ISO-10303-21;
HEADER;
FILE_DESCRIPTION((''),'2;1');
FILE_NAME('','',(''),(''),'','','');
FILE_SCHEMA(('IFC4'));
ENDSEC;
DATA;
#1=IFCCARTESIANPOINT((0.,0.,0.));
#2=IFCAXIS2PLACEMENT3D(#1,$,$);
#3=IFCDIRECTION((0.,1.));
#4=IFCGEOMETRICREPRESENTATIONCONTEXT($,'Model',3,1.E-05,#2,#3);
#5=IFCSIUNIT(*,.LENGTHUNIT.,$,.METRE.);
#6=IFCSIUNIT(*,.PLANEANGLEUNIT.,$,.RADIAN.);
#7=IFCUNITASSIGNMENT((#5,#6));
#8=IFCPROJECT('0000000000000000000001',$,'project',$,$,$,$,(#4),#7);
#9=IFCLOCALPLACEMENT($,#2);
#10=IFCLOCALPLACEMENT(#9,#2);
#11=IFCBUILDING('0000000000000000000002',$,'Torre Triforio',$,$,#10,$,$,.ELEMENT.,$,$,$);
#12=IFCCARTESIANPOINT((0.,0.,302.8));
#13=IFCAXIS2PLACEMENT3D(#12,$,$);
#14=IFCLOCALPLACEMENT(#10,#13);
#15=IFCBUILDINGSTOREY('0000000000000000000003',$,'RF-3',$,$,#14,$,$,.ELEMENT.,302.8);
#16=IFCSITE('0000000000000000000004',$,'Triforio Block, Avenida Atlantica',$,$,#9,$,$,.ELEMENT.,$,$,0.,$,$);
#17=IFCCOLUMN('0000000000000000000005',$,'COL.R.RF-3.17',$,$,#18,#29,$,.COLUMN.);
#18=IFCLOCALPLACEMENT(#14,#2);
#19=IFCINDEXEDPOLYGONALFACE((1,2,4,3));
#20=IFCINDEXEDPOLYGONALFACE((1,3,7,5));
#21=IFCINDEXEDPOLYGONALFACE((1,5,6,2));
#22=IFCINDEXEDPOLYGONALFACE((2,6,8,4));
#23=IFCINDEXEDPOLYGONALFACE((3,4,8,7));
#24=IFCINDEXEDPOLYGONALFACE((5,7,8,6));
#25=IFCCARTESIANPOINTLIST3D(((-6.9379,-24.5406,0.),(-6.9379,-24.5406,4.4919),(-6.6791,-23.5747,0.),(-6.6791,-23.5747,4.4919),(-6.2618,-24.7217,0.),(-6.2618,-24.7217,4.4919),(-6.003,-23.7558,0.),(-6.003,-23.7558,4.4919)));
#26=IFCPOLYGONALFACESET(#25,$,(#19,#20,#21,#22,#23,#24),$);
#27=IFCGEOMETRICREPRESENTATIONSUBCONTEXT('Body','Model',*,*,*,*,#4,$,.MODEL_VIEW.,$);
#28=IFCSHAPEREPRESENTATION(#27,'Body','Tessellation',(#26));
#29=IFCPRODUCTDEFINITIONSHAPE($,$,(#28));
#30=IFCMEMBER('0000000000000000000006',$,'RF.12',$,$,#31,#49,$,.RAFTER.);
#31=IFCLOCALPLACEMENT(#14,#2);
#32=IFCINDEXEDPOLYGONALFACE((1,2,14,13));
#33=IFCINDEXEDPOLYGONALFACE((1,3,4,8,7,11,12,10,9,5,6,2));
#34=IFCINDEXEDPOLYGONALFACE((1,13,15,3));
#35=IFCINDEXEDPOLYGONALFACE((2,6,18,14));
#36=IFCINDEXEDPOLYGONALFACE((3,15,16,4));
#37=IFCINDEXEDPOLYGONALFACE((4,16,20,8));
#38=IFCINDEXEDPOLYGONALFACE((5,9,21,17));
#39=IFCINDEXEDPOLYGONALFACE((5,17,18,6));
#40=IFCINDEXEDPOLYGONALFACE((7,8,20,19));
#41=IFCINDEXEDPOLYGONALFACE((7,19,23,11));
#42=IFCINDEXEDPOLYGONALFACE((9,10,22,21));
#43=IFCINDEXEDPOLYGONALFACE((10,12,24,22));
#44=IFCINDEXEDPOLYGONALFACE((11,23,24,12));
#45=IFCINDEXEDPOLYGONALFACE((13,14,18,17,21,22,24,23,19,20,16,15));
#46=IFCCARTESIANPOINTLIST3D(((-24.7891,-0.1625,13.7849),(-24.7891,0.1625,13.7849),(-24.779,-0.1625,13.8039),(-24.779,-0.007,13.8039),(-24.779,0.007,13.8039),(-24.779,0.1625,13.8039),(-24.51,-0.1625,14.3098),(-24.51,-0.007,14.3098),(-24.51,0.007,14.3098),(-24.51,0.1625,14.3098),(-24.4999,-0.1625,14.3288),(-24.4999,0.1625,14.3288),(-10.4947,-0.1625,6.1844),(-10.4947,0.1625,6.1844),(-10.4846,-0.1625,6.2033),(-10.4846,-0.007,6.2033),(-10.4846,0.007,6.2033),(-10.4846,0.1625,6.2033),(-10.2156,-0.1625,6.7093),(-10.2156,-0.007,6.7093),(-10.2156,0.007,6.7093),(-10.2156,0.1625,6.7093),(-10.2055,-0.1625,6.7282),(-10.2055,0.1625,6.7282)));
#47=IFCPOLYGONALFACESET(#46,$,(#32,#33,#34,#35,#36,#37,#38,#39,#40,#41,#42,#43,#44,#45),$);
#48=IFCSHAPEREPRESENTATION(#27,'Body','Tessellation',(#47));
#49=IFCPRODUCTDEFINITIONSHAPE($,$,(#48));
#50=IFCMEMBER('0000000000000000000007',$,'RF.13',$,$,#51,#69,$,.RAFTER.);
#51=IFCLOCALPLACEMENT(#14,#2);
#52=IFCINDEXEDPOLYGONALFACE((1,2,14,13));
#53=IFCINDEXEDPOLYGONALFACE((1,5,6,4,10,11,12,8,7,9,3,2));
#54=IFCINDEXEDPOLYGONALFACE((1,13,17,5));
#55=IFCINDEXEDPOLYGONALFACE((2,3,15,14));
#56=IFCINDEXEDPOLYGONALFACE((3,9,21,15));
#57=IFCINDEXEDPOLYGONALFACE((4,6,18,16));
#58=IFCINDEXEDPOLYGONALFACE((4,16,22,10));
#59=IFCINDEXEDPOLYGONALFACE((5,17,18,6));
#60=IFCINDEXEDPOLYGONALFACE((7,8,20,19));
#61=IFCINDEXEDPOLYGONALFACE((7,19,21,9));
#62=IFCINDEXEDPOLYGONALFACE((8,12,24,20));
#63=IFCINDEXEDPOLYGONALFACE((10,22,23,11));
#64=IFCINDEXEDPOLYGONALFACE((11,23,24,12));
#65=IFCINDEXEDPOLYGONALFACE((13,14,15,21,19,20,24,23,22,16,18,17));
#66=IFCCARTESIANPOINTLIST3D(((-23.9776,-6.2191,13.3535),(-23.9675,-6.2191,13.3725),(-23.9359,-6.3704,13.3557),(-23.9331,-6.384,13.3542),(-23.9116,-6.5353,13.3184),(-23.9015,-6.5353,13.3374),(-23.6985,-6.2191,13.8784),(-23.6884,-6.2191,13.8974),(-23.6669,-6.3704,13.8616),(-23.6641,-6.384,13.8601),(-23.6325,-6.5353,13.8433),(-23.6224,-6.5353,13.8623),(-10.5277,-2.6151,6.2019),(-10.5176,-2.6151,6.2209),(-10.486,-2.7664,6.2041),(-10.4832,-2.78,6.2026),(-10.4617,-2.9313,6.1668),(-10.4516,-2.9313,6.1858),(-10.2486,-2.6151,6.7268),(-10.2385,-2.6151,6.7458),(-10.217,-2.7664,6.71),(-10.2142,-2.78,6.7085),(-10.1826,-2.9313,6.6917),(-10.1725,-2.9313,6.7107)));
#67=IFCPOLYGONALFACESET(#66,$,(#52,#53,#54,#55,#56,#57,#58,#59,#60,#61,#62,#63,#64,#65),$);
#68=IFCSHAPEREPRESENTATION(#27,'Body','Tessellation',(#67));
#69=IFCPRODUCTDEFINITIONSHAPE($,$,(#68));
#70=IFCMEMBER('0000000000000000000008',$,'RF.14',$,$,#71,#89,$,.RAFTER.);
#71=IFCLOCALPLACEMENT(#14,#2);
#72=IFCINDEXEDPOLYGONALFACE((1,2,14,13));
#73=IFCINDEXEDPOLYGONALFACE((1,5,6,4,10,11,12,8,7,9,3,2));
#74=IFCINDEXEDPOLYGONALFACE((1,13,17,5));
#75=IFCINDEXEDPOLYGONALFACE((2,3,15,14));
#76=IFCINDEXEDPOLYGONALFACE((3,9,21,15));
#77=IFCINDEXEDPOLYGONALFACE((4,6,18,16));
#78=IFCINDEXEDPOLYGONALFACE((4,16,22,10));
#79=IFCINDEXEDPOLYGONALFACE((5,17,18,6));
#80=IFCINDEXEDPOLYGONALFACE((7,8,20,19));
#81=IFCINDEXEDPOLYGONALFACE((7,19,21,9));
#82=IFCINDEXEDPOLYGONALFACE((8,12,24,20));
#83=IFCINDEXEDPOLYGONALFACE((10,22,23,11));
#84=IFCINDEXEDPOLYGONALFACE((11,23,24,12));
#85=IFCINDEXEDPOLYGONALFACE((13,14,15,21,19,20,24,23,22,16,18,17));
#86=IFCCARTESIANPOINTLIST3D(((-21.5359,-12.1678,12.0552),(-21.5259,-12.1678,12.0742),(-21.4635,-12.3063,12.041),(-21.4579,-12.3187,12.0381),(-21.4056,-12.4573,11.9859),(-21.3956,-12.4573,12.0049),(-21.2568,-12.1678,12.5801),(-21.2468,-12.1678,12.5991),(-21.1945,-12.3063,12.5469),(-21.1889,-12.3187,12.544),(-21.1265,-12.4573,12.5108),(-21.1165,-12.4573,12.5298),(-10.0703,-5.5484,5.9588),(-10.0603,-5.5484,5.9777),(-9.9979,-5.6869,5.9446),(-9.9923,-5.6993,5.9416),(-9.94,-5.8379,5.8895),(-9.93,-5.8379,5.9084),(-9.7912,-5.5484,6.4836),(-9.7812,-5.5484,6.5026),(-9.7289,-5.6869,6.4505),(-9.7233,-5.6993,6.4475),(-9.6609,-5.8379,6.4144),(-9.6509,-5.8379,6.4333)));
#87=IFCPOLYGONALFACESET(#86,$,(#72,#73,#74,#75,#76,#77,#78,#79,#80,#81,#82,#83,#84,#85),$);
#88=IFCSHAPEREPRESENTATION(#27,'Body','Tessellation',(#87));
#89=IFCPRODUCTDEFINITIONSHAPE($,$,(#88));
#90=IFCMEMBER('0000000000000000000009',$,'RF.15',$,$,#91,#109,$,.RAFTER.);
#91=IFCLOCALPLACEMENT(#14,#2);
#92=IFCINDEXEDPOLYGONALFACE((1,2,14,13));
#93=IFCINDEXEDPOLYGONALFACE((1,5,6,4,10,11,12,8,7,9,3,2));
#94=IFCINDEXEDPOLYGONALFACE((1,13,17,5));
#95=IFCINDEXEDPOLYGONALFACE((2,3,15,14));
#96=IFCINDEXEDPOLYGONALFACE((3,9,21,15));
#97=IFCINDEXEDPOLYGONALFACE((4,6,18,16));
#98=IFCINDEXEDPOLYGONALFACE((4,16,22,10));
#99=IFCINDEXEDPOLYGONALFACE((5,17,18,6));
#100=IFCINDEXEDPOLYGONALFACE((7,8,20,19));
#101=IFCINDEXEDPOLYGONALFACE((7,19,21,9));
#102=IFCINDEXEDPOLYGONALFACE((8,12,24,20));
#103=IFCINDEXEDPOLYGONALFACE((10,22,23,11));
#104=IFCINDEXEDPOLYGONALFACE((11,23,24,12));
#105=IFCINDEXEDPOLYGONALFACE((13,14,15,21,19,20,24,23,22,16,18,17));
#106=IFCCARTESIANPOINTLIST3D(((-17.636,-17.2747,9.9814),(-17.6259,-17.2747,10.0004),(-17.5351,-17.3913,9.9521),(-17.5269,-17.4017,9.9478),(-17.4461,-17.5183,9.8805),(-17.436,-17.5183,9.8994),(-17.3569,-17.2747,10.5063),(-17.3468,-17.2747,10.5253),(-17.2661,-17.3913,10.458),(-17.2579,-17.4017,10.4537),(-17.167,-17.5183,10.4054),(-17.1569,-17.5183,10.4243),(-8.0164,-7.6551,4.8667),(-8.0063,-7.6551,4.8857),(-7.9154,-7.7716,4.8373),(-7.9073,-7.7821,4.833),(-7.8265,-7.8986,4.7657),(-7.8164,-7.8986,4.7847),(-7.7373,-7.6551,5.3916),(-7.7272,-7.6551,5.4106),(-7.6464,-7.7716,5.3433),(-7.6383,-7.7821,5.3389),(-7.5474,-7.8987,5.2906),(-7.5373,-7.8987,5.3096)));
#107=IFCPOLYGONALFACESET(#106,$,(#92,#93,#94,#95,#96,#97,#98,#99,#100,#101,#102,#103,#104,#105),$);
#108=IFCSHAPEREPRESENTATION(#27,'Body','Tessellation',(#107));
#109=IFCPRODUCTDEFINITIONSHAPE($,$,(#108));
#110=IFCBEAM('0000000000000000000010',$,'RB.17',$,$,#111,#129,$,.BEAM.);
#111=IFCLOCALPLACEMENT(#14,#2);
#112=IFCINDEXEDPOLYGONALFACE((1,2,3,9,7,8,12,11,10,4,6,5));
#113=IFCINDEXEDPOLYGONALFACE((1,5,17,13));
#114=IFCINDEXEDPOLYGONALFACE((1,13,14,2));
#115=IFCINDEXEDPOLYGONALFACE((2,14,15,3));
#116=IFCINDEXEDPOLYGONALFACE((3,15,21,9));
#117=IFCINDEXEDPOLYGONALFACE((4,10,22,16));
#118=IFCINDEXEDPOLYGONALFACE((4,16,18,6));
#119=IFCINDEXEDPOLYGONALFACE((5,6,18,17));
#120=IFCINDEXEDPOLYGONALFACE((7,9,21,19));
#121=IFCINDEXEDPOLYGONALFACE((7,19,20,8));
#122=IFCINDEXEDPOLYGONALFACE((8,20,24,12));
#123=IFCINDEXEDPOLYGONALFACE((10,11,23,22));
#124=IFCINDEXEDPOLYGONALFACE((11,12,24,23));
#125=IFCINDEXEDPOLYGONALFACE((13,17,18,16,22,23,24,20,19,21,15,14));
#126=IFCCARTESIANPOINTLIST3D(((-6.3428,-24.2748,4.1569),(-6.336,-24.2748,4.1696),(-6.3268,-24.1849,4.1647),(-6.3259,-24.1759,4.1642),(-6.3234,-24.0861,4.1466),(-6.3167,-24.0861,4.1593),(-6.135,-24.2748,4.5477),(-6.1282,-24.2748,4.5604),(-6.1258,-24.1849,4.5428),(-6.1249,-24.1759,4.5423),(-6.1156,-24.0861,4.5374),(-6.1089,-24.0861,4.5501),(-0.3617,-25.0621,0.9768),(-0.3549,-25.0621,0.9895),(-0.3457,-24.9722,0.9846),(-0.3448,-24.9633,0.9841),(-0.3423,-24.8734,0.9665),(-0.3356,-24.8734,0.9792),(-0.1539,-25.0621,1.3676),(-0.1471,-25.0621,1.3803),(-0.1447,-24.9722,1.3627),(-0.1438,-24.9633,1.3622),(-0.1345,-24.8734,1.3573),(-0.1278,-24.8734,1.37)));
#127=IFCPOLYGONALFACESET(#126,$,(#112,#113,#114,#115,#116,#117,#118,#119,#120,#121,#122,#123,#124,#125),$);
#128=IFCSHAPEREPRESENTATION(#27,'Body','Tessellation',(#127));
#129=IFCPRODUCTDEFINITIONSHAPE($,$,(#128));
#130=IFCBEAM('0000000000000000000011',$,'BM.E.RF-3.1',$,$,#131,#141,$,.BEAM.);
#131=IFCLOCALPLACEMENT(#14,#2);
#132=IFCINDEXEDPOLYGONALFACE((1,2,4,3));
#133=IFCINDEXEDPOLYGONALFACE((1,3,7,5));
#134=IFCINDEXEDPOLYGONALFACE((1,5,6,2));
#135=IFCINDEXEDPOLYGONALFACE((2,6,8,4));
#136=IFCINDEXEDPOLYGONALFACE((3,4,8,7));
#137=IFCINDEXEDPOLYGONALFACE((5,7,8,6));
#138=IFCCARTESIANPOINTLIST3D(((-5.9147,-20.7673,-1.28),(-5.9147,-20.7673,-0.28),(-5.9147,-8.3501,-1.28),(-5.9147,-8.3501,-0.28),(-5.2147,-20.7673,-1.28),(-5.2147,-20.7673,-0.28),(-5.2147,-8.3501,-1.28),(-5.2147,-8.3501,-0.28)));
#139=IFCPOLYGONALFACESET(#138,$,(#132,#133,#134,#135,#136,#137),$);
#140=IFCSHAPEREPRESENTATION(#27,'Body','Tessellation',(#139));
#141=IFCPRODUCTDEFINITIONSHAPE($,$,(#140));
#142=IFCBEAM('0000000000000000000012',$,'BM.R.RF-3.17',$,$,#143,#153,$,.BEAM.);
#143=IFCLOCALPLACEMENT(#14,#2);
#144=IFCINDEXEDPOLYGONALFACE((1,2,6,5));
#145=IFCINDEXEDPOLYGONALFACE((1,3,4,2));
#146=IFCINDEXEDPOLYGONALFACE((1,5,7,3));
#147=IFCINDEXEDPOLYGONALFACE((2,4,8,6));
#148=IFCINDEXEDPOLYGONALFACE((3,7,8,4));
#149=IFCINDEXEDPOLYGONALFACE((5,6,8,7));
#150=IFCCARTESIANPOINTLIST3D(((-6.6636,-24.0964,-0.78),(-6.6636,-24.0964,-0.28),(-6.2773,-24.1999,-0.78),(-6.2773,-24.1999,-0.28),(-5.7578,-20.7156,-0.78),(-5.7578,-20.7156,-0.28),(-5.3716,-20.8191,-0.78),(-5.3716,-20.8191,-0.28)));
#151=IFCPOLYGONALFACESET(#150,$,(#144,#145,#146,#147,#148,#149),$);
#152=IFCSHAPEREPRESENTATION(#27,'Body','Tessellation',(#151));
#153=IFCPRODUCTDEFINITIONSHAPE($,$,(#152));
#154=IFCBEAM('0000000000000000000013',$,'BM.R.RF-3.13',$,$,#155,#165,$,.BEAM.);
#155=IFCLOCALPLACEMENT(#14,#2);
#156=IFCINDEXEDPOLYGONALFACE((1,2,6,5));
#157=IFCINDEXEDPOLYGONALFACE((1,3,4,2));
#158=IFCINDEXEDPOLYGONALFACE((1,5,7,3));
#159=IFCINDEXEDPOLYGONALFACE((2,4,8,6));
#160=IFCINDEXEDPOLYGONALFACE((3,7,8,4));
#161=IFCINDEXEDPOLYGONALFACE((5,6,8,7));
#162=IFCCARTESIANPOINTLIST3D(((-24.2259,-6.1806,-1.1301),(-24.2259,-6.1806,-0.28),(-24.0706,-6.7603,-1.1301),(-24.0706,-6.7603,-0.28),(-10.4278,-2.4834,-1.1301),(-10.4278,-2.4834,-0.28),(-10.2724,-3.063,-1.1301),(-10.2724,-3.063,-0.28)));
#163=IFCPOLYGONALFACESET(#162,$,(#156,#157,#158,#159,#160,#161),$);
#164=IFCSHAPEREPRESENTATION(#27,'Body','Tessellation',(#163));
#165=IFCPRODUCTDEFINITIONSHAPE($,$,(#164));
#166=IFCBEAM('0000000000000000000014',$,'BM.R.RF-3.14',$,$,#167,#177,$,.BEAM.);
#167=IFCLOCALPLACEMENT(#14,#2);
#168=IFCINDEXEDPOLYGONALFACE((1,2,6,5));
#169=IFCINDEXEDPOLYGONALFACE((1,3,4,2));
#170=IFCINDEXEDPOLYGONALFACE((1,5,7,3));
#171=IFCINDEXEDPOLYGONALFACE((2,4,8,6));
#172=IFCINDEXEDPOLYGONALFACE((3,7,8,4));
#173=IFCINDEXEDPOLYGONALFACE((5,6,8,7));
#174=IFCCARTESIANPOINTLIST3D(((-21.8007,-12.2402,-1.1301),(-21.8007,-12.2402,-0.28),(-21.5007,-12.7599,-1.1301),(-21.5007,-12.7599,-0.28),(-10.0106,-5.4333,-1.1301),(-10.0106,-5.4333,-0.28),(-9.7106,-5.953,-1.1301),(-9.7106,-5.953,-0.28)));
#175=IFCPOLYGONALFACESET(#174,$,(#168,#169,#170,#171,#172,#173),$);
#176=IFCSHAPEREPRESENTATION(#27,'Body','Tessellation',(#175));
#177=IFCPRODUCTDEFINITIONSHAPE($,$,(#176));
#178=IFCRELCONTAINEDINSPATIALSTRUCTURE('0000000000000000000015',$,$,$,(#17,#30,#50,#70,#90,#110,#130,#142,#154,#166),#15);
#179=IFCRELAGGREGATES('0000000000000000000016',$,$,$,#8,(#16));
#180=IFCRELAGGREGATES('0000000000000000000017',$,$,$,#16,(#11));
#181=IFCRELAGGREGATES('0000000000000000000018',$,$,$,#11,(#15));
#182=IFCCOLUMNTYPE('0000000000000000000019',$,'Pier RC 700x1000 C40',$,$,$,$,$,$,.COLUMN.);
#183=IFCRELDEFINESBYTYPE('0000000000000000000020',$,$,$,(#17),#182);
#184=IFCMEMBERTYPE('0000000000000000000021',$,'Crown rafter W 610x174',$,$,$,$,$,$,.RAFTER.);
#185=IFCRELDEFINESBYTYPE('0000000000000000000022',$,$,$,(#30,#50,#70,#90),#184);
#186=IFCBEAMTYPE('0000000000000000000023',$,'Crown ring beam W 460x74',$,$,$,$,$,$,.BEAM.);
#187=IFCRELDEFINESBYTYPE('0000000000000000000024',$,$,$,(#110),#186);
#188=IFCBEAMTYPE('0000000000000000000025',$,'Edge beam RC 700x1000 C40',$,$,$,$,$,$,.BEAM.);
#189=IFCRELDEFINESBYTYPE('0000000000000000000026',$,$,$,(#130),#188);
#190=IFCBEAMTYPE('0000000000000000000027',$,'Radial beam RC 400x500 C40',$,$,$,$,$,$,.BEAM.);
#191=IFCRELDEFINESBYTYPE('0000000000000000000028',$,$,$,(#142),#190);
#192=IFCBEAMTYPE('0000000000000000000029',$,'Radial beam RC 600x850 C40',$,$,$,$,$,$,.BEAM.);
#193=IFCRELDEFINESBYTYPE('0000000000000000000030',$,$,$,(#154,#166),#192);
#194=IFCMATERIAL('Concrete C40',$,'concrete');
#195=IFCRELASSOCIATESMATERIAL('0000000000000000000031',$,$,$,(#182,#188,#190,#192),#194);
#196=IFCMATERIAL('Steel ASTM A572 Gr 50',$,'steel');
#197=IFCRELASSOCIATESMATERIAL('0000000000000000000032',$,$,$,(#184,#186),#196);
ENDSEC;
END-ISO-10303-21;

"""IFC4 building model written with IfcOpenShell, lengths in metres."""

from ifc_helpers import new_model, si_unit, direction, frame, origin, origin_2d, place, context, subcontext, project, spatial, rectangle, i_section, extrude, material, material_profile, profile_set, type_object, element, save


model = new_model("IFC4")

# Units and contexts
model_context = context("Model", 3, precision=1e-05, world=origin(), true_north=direction((0.0, 1.0)))
body_context = subcontext(model_context, "Body", "Model", "MODEL_VIEW")
ifc_project = project(units=[si_unit("LENGTHUNIT", "METRE"), si_unit("PLANEANGLEUNIT", "RADIAN")], contexts=[model_context])

# Site, building, storey
site_placement = place(None, origin())
site = spatial("IfcSite", under=ifc_project, at=site_placement, Name="Triforio Block, Avenida Atlantica", CompositionType="ELEMENT", RefElevation=0.0)
building_placement = place(site_placement, origin())
building = spatial("IfcBuilding", under=site, at=building_placement, Name="Torre Triforio", CompositionType="ELEMENT")
storey_placement = place(building_placement, frame((0.0, 0.0, 302.8)))
storey = spatial("IfcBuildingStorey", under=building, at=storey_placement, Name="RF-3", CompositionType="ELEMENT", Elevation=302.8)

# Column
ifc_material_1 = material(Name="Concrete C40", Category="concrete")
ifc_material_profile_1 = material_profile(ifc_material_1, rectangle(XDim=0.7, YDim=1.0, at=origin_2d()), Name="RC 700x1000")
ifc_profile_set_1 = profile_set([ifc_material_profile_1], Name="Concrete C40")
column_type = type_object("IfcColumnType", Name="Pier RC 700x1000 C40", PredefinedType="COLUMN", material=ifc_profile_set_1)
column_placement = place(storey_placement, frame((-6.4705, -24.1482, 0.0), z_axis=(0.0, 0.0, 1.0), x_axis=(0.965926, -0.258819, 0.0)))
element("IfcColumn", 1, at=column_placement, inside=storey, type_object=column_type, Name="COL.R.RF-3.17", PredefinedType="COLUMN", context=body_context, shape_type="SweptSolid", body=[
    extrude(rectangle(XDim=0.7, YDim=1.0, at=origin_2d()), origin(), (0.0, 0.0, 1.0), 4.4919),
])

# Members
ifc_material_2 = material(Name="Steel ASTM A572 Gr 50", Category="steel")
ifc_material_profile_2 = material_profile(ifc_material_2, i_section(OverallWidth=0.325, OverallDepth=0.616, WebThickness=0.0139, FlangeThickness=0.0215, at=origin_2d()), Name="W 610x174")
ifc_profile_set_2 = profile_set([ifc_material_profile_2], Name="Steel ASTM A572 Gr 50")
member_type = type_object("IfcMemberType", Name="Crown rafter W 610x174", PredefinedType="RAFTER", material=ifc_profile_set_2)
member_1_placement = place(storey_placement, frame((-10.3501, 0.0, 6.4563), z_axis=(-0.882945, 0.0, 0.469476), x_axis=(0.0, -1.0, 0.0)))
element("IfcMember", 2, at=member_1_placement, inside=storey, type_object=member_type, Name="RF.12", PredefinedType="RAFTER", context=body_context, shape_type="SweptSolid", body=[
    extrude(i_section(OverallWidth=0.325, OverallDepth=0.616, WebThickness=0.0139, FlangeThickness=0.0215, at=origin_2d()), origin(), (0.0, 0.0, 1.0), 16.1895),
])
member_2_placement = place(storey_placement, frame((-10.3501, -2.7732, 6.4563), z_axis=(-0.859223, -0.230235, 0.456867), x_axis=(0.203287, -0.973135, -0.108086)))
element("IfcMember", 3, at=member_2_placement, inside=storey, type_object=member_type, Name="RF.13", PredefinedType="RAFTER", context=body_context, shape_type="SweptSolid", body=[
    extrude(i_section(OverallWidth=0.325, OverallDepth=0.616, WebThickness=0.0139, FlangeThickness=0.0215, at=origin_2d()), origin(), (0.0, 0.0, 1.0), 15.6536),
])
member_3_placement = place(storey_placement, frame((-9.8606, -5.6931, 6.196), z_axis=(-0.786639, -0.454148, 0.418269), x_axis=(0.400985, -0.890926, -0.213216)))
element("IfcMember", 4, at=member_3_placement, inside=storey, type_object=member_type, Name="RF.14", PredefinedType="RAFTER", context=body_context, shape_type="SweptSolid", body=[
    extrude(i_section(OverallWidth=0.325, OverallDepth=0.616, WebThickness=0.0139, FlangeThickness=0.0215, at=origin_2d()), origin(), (0.0, 0.0, 1.0), 14.5754),
])
member_4_placement = place(storey_placement, frame((-7.7769, -7.7769, 5.0881), z_axis=(-0.661874, -0.661874, 0.351918), x_axis=(0.5844, -0.749615, -0.310731)))
element("IfcMember", 5, at=member_4_placement, inside=storey, type_object=member_type, Name="RF.15", PredefinedType="RAFTER", context=body_context, shape_type="SweptSolid", body=[
    extrude(i_section(OverallWidth=0.325, OverallDepth=0.616, WebThickness=0.0139, FlangeThickness=0.0215, at=origin_2d()), origin(), (0.0, 0.0, 1.0), 14.5339),
])

# Beams
ifc_material_profile_3 = material_profile(ifc_material_2, i_section(OverallWidth=0.1899, OverallDepth=0.457, WebThickness=0.009, FlangeThickness=0.0144, at=origin_2d()), Name="W 460x74")
ifc_profile_set_3 = profile_set([ifc_material_profile_3], Name="Steel ASTM A572 Gr 50")
beam_type_1 = type_object("IfcBeamType", Name="Crown ring beam W 460x74", PredefinedType="BEAM", material=ifc_profile_set_3)
beam_1_placement = place(storey_placement, frame((-6.2258, -24.1804, 4.3535), z_axis=(0.877048, -0.115453, -0.466322), x_axis=(0.101936, 0.993313, -0.054208)))
element("IfcBeam", 6, at=beam_1_placement, inside=storey, type_object=beam_type_1, Name="RB.17", PredefinedType="BEAM", context=body_context, shape_type="SweptSolid", body=[
    extrude(i_section(OverallWidth=0.1899, OverallDepth=0.457, WebThickness=0.009, FlangeThickness=0.0144, at=origin_2d()), origin(), (0.0, 0.0, 1.0), 6.8196),
])
ifc_material_profile_4 = material_profile(ifc_material_1, rectangle(XDim=0.7, YDim=1.0, at=origin_2d()), Name="RC 700x1000")
ifc_profile_set_4 = profile_set([ifc_material_profile_4], Name="Concrete C40")
beam_type_2 = type_object("IfcBeamType", Name="Edge beam RC 700x1000 C40", PredefinedType="BEAM", material=ifc_profile_set_4)
beam_2_placement = place(storey_placement, frame((-5.5647, -20.7673, -0.78), z_axis=(0.0, 1.0, 0.0), x_axis=(-1.0, 0.0, 0.0)))
element("IfcBeam", 7, at=beam_2_placement, inside=storey, type_object=beam_type_2, Name="BM.E.RF-3.1", PredefinedType="BEAM", context=body_context, shape_type="SweptSolid", body=[
    extrude(rectangle(XDim=0.7, YDim=1.0, at=origin_2d()), origin(), (0.0, 0.0, 1.0), 12.4172),
])
ifc_material_profile_5 = material_profile(ifc_material_1, rectangle(XDim=0.3999, YDim=0.5, at=origin_2d()), Name="RC 400x500")
ifc_profile_set_5 = profile_set([ifc_material_profile_5], Name="Concrete C40")
beam_type_3 = type_object("IfcBeamType", Name="Radial beam RC 400x500 C40", PredefinedType="BEAM", material=ifc_profile_set_5)
beam_3_placement = place(storey_placement, frame((-5.5647, -20.7673, -0.53), z_axis=(-0.258783, -0.965936, 0.0), x_axis=(0.965936, -0.258783, 0.0)))
element("IfcBeam", 8, at=beam_3_placement, inside=storey, type_object=beam_type_3, Name="BM.R.RF-3.17", PredefinedType="BEAM", context=body_context, shape_type="SweptSolid", body=[
    extrude(rectangle(XDim=0.3999, YDim=0.5, at=origin_2d()), origin(), (0.0, 0.0, 1.0), 3.5),
])
ifc_material_profile_6 = material_profile(ifc_material_1, rectangle(XDim=0.6001, YDim=0.8501, at=origin_2d()), Name="RC 600x850")
ifc_profile_set_6 = profile_set([ifc_material_profile_6], Name="Concrete C40")
beam_type_4 = type_object("IfcBeamType", Name="Radial beam RC 600x850 C40", PredefinedType="BEAM", material=ifc_profile_set_6)
beam_4_placement = place(storey_placement, frame((-10.3501, -2.7732, -0.7051), z_axis=(-0.965924, -0.258824, 0.0), x_axis=(0.258824, -0.965924, 0.0)))
element("IfcBeam", 9, at=beam_4_placement, inside=storey, type_object=beam_type_4, Name="BM.R.RF-3.13", PredefinedType="BEAM", context=body_context, shape_type="SweptSolid", body=[
    extrude(rectangle(XDim=0.6001, YDim=0.8501, at=origin_2d()), origin(), (0.0, 0.0, 1.0), 14.2849),
])
beam_5_placement = place(storey_placement, frame((-9.8606, -5.6931, -0.7051), z_axis=(-0.866029, -0.499995, 0.0), x_axis=(0.499995, -0.866029, 0.0)))
element("IfcBeam", 10, at=beam_5_placement, inside=storey, type_object=beam_type_4, Name="BM.R.RF-3.14", PredefinedType="BEAM", context=body_context, shape_type="SweptSolid", body=[
    extrude(rectangle(XDim=0.6001, YDim=0.8501, at=origin_2d()), origin(), (0.0, 0.0, 1.0), 13.614),
])

save(model, "model.ifc")
